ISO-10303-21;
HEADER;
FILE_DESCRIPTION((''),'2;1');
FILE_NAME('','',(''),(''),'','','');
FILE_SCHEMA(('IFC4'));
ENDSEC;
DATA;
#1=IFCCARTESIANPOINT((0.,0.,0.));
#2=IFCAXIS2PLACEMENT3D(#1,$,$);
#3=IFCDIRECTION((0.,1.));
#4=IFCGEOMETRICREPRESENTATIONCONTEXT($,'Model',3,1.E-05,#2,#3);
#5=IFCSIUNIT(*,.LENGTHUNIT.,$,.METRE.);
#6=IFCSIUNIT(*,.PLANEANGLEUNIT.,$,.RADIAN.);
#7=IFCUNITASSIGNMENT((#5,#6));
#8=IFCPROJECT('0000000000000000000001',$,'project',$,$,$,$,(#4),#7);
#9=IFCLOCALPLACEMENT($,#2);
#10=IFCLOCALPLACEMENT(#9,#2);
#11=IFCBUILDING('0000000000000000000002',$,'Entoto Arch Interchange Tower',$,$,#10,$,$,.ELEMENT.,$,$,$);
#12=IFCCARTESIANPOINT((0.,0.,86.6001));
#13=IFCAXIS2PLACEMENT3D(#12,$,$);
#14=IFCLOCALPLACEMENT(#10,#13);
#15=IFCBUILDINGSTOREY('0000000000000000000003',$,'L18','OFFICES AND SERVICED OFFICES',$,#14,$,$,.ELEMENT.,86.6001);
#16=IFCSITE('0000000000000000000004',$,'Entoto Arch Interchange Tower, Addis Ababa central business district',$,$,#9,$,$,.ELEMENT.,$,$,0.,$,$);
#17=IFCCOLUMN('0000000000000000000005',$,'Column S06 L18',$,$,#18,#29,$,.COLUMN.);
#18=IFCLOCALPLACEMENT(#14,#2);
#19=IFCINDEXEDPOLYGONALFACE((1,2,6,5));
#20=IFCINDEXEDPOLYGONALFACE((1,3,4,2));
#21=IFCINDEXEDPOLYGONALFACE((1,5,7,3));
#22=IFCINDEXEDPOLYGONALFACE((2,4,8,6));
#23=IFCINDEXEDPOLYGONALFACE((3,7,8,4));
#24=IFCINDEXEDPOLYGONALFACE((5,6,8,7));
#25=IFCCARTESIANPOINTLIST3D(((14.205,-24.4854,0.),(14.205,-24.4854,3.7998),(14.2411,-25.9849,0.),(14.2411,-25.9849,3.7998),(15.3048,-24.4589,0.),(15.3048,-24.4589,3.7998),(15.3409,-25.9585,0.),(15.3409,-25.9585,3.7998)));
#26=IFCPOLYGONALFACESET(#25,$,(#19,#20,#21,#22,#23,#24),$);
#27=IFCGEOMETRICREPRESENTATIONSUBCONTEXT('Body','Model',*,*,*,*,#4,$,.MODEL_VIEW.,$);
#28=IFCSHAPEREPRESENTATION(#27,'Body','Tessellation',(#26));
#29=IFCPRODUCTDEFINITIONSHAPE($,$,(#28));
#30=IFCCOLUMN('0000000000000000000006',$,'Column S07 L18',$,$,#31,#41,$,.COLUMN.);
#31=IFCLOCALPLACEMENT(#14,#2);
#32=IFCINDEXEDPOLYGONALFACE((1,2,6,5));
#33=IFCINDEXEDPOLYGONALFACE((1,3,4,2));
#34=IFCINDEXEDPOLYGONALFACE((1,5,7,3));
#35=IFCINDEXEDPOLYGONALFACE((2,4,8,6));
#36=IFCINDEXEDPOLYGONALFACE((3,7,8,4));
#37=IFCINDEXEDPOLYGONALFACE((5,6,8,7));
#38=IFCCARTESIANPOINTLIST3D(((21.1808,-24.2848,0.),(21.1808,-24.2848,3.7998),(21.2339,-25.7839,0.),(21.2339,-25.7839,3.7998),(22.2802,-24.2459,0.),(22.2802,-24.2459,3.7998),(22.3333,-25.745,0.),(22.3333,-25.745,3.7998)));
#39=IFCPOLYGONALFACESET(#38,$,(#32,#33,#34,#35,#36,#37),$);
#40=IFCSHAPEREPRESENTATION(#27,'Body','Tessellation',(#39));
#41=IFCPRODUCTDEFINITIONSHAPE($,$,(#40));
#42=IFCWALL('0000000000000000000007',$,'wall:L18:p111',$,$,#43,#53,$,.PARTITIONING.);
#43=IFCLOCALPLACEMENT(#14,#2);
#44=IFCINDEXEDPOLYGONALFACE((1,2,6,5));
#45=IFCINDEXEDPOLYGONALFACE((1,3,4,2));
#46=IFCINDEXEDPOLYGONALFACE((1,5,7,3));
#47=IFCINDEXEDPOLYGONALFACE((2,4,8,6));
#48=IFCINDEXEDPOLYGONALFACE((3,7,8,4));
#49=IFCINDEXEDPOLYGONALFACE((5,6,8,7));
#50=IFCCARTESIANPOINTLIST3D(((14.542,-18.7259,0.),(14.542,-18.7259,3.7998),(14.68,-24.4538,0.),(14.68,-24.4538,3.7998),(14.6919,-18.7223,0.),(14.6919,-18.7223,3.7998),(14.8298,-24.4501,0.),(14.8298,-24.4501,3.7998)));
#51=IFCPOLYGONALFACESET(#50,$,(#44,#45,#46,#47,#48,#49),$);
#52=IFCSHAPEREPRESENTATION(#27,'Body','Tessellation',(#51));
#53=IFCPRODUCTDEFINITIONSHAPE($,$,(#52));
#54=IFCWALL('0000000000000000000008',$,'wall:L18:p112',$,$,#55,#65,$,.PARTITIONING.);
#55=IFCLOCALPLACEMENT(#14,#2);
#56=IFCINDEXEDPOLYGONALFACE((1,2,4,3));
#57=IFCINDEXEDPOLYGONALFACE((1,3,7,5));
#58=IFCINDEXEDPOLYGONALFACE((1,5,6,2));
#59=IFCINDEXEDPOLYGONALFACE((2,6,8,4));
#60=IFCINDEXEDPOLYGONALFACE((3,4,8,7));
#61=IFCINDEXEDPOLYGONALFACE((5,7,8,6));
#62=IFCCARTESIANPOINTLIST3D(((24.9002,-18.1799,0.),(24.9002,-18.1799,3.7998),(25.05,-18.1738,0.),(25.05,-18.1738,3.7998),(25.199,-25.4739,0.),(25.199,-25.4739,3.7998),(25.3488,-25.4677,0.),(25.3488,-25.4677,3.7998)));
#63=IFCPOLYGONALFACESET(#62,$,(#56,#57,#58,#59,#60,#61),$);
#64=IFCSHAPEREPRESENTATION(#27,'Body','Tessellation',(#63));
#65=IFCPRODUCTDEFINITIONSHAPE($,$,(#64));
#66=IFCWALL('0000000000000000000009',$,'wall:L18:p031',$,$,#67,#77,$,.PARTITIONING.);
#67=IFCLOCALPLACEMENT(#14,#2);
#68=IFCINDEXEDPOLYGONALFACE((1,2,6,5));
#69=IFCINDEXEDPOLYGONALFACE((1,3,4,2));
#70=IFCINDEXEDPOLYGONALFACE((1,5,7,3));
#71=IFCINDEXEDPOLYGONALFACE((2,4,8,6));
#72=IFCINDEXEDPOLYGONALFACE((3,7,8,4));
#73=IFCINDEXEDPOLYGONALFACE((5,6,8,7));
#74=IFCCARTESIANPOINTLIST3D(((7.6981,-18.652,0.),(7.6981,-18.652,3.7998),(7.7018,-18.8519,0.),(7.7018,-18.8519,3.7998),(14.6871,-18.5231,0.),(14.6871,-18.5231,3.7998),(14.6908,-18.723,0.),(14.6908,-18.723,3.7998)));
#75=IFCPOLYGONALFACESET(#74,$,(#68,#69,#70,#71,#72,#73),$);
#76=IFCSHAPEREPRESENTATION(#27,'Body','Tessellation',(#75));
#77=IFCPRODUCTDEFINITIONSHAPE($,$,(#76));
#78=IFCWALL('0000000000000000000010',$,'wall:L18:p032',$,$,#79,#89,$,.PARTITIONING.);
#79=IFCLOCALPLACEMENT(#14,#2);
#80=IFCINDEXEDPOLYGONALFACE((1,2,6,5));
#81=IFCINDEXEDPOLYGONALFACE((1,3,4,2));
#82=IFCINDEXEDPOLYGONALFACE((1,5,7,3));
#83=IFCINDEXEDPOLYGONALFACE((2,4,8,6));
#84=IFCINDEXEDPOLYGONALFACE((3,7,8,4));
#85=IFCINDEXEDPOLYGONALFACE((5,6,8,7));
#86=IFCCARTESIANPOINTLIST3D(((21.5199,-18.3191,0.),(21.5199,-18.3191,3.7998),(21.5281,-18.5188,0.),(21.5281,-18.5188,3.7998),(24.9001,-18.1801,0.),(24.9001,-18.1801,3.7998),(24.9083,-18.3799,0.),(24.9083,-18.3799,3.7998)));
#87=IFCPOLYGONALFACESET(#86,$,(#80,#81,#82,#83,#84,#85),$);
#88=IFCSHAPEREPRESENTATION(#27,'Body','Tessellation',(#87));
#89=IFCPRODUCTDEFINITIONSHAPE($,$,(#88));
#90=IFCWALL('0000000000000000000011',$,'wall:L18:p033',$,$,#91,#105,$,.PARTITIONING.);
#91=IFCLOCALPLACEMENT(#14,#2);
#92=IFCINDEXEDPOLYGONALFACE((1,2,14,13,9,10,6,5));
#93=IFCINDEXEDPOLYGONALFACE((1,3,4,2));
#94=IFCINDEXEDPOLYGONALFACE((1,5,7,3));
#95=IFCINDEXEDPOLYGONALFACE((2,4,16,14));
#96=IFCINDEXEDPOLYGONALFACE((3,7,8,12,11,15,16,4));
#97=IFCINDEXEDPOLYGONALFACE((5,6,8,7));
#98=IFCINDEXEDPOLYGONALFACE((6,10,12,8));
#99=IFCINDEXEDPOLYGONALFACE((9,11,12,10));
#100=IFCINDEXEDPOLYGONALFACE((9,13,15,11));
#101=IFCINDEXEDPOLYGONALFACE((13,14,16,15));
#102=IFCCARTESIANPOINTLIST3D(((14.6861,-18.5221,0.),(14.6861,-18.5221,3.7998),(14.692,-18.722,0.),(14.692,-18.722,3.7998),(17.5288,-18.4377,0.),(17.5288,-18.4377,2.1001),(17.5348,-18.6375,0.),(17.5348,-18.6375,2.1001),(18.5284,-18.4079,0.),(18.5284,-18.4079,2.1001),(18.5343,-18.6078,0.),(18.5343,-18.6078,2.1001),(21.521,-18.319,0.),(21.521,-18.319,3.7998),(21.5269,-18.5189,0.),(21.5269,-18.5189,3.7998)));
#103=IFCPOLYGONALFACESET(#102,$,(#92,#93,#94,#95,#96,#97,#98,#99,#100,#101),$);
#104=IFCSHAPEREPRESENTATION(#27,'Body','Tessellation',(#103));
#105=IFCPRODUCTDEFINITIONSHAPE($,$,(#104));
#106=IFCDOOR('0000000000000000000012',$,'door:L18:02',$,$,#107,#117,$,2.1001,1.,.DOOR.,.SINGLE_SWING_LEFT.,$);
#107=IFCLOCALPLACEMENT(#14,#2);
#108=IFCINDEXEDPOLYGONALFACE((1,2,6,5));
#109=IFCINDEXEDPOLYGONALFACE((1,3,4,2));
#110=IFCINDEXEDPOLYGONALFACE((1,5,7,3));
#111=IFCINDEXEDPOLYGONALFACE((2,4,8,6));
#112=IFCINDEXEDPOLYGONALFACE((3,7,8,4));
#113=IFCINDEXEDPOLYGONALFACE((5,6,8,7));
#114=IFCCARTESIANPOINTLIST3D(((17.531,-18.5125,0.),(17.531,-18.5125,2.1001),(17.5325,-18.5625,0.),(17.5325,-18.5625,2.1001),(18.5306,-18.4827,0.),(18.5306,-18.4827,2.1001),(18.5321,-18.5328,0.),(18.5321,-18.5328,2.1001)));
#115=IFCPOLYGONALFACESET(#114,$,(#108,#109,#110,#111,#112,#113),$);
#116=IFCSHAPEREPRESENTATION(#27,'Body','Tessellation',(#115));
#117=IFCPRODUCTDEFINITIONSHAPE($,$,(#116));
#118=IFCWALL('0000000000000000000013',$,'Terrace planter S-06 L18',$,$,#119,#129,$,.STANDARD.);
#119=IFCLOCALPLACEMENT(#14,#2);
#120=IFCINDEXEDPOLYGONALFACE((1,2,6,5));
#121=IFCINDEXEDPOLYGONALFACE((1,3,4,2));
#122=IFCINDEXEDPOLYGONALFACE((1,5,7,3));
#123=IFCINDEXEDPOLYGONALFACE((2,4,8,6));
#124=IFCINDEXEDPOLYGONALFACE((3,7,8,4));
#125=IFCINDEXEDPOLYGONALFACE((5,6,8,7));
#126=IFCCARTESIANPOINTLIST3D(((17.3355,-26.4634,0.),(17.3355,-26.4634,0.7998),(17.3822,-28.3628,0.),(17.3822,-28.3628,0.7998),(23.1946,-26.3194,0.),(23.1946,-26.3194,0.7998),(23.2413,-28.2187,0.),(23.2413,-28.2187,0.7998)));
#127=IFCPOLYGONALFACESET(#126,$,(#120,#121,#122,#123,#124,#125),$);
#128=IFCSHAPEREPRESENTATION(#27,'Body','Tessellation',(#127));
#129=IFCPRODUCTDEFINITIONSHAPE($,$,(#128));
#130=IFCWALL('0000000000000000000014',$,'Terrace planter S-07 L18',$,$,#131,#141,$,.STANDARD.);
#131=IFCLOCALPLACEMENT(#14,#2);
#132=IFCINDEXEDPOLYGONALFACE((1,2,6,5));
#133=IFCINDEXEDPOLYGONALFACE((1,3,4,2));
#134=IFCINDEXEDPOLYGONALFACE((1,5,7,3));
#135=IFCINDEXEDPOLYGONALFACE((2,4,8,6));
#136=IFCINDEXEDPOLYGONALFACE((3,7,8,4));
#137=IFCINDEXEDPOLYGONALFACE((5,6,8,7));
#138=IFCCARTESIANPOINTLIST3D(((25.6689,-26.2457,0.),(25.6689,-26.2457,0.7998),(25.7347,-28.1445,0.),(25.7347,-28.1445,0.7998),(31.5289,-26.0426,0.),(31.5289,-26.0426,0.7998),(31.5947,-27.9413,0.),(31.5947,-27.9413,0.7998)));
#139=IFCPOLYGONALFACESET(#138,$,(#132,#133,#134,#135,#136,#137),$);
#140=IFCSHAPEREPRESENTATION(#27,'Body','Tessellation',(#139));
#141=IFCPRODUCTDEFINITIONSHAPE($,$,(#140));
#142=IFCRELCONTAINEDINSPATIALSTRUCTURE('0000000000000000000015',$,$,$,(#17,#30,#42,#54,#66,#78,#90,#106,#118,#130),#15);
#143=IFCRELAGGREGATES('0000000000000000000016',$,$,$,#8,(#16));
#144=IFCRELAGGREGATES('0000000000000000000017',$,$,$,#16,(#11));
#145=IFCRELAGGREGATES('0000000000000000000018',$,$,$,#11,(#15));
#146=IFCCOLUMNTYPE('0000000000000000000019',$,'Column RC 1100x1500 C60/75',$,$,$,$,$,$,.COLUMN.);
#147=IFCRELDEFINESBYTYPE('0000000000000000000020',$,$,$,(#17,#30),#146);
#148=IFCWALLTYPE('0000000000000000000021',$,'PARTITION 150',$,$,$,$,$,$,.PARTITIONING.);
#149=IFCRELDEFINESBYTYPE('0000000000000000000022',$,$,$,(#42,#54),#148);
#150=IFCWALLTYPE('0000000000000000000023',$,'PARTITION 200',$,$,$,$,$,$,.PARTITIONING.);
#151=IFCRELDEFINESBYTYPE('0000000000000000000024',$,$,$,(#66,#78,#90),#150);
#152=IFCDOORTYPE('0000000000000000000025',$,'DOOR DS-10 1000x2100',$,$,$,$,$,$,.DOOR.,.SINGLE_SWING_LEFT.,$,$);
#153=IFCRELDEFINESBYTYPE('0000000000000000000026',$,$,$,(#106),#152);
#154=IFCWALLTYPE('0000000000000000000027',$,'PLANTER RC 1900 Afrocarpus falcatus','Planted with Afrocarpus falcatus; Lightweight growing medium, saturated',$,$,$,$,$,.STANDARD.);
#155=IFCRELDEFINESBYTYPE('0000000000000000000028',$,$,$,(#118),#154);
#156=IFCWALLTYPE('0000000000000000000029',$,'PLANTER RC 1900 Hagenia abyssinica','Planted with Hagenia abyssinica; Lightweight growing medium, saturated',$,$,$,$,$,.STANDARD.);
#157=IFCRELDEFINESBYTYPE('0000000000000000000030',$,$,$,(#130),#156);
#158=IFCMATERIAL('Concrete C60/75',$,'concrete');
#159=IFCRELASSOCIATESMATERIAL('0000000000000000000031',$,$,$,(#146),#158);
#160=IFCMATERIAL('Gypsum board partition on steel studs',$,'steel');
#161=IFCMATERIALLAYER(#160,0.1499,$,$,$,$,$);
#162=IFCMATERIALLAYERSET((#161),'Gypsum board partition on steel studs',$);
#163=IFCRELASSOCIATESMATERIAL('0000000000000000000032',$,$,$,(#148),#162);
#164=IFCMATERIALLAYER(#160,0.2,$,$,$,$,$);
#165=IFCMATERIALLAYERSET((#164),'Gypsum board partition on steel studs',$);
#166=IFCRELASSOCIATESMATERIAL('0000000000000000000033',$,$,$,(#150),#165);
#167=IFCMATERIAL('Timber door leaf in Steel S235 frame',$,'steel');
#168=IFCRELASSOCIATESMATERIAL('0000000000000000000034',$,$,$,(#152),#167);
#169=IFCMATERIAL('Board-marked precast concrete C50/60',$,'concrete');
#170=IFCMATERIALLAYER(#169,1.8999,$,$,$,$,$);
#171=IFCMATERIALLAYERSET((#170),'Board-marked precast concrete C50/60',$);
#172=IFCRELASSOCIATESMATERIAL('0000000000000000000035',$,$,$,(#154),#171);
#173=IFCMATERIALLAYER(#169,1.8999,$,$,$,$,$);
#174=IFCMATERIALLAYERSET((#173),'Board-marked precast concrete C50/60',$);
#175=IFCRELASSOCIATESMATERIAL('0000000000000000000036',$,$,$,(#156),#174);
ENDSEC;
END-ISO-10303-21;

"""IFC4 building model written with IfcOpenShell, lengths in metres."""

from ifc_helpers import new_model, si_unit, direction, frame, frame_2d, origin, origin_2d, place, context, subcontext, project, spatial, rectangle, extrude, material, layer, layer_set, material_profile, profile_set, type_object, element, fill, save


model = new_model("IFC4")

# Units and contexts
model_context = context("Model", 3, precision=1e-05, world=origin(), true_north=direction((0.0, 1.0)))
body_context = subcontext(model_context, "Body", "Model", "MODEL_VIEW")
ifc_project = project(units=[si_unit("LENGTHUNIT", "METRE"), si_unit("PLANEANGLEUNIT", "RADIAN")], contexts=[model_context])

# Site, building, storey
site_placement = place(None, origin())
site = spatial("IfcSite", under=ifc_project, at=site_placement, Name="Entoto Arch Interchange Tower, Addis Ababa central business district", CompositionType="ELEMENT", RefElevation=0.0)
building_placement = place(site_placement, origin())
building = spatial("IfcBuilding", under=site, at=building_placement, Name="Entoto Arch Interchange Tower", CompositionType="ELEMENT")
storey_placement = place(building_placement, frame((0.0, 0.0, 86.6001)))
storey = spatial("IfcBuildingStorey", under=building, at=storey_placement, Name="L18", Description="OFFICES AND SERVICED OFFICES", CompositionType="ELEMENT", Elevation=86.6001)

# Columns
ifc_material_1 = material(Name="Concrete C60/75", Category="concrete")
ifc_material_profile = material_profile(ifc_material_1, rectangle(XDim=1.1001, YDim=1.5, at=origin_2d()))
ifc_profile_set = profile_set([ifc_material_profile], Name="Concrete C60/75")
column_type = type_object("IfcColumnType", Name="Column RC 1100x1500 C60/75", PredefinedType="COLUMN", material=ifc_profile_set)
for number, where, z_axis, x_axis, name in (
    (1, (14.7729, -25.2219, 0.0), (0.0, 0.0, 1.0), (0.999711, 0.024031, 0.0), "Column S06 L18"),
    (2, (21.7571, -25.0149, 0.0), (0.0, 0.0, 1.0), (0.999374, 0.035388, 0.0), "Column S07 L18"),
):
    element("IfcColumn", number, at=place(storey_placement, frame(where, z_axis=z_axis, x_axis=x_axis)), inside=storey, type_object=column_type, Name=name, PredefinedType="COLUMN", context=body_context, shape_type="SweptSolid", body=[
        extrude(rectangle(XDim=1.1001, YDim=1.5, at=origin_2d()), origin(), (0.0, 0.0, 1.0), 3.7998),
    ])

# Walls
ifc_material_2 = material(Name="Gypsum board partition on steel studs", Category="steel")
ifc_layer_1 = layer(ifc_material_2, 0.1499)
ifc_layer_set_1 = layer_set([ifc_layer_1], Name="Gypsum board partition on steel studs")
wall_type_1 = type_object("IfcWallType", Name="PARTITION 150", PredefinedType="PARTITIONING", material=ifc_layer_set_1)
wall_1_placement = place(storey_placement, frame((14.6169, -18.7241, 0.0), z_axis=(0.0, 0.0, 1.0), x_axis=(0.024076, -0.99971, 0.0)))
element("IfcWall", 3, at=wall_1_placement, inside=storey, type_object=wall_type_1, Name="wall:L18:p111", PredefinedType="PARTITIONING", context=body_context, shape_type="SweptSolid", body=[
    extrude(rectangle(XDim=5.7295, YDim=0.1499, at=frame_2d((2.8647, 0.0))), origin(), (0.0, 0.0, 1.0), 3.7998),
])
wall_2_placement = place(storey_placement, frame((24.9751, -18.177, 0.0), z_axis=(0.0, 0.0, 1.0), x_axis=(0.040935, -0.999162, 0.0)))
element("IfcWall", 4, at=wall_2_placement, inside=storey, type_object=wall_type_1, Name="wall:L18:p112", PredefinedType="PARTITIONING", context=body_context, shape_type="SweptSolid", body=[
    extrude(rectangle(XDim=7.3, YDim=0.1499, at=frame_2d((3.6499, 0.0))), origin(), (0.0, 0.0, 1.0), 3.7998),
])
ifc_layer_2 = layer(ifc_material_2, 0.2)
ifc_layer_set_2 = layer_set([ifc_layer_2], Name="Gypsum board partition on steel studs")
wall_type_2 = type_object("IfcWallType", Name="PARTITION 200", PredefinedType="PARTITIONING", material=ifc_layer_set_2)
wall_3_placement = place(storey_placement, frame((14.689, -18.623, 0.0), z_axis=(0.0, 0.0, 1.0), x_axis=(-0.99983, -0.018441, 0.0)))
element("IfcWall", 5, at=wall_3_placement, inside=storey, type_object=wall_type_2, Name="wall:L18:p031", PredefinedType="PARTITIONING", context=body_context, shape_type="SweptSolid", body=[
    extrude(rectangle(XDim=6.9902, YDim=0.2, at=frame_2d((3.4951, 0.0))), origin(), (0.0, 0.0, 1.0), 3.7998),
])
wall_4_placement = place(storey_placement, frame((24.9041, -18.28, 0.0), z_axis=(0.0, 0.0, 1.0), x_axis=(-0.999157, -0.041063, 0.0)))
element("IfcWall", 6, at=wall_4_placement, inside=storey, type_object=wall_type_2, Name="wall:L18:p032", PredefinedType="PARTITIONING", context=body_context, shape_type="SweptSolid", body=[
    extrude(rectangle(XDim=3.3831, YDim=0.2, at=frame_2d((1.6914, 0.0))), origin(), (0.0, 0.0, 1.0), 3.7998),
])

# Wall, opening, door
wall_5_placement = place(storey_placement, frame((21.5239, -18.4189, 0.0), z_axis=(0.0, 0.0, 1.0), x_axis=(-0.999559, -0.029705, 0.0)))
wall_5 = element("IfcWall", 7, at=wall_5_placement, inside=storey, type_object=wall_type_2, Name="wall:L18:p033", PredefinedType="PARTITIONING", context=body_context, shape_type="SweptSolid", body=[
    extrude(rectangle(XDim=6.8379, YDim=0.2, at=frame_2d((3.4189, 0.0))), origin(), (0.0, 0.0, 1.0), 3.7998),
])
opening_1_placement = place(wall_5_placement, frame((2.9939, 0.0, 0.0)))
opening_1 = element("IfcOpeningElement", 8, at=opening_1_placement, cuts=wall_5, PredefinedType="OPENING", context=body_context, shape_type="SweptSolid", body=[
    extrude(rectangle(XDim=1.0, YDim=2.1001, at=frame_2d((0.5, 1.05))), frame((0.0, 0.1099, 0.0), z_axis=(0.0, -1.0, 0.0), x_axis=(1.0, 0.0, 0.0)), (0.0, 0.0, 1.0), 0.22),
])
ifc_material_3 = material(Name="Timber door leaf in Steel S235 frame", Category="steel")
door_type = type_object("IfcDoorType", Name="DOOR DS-10 1000x2100", OperationType="SINGLE_SWING_LEFT", PredefinedType="DOOR", material=ifc_material_3)
door_placement = place(opening_1_placement, origin())
door = element("IfcDoor", 9, at=door_placement, inside=storey, type_object=door_type, Name="door:L18:02", OperationType="SINGLE_SWING_LEFT", OverallHeight=2.1001, OverallWidth=1.0, PredefinedType="DOOR", context=body_context, shape_type="SweptSolid", body=[
    extrude(rectangle(XDim=1.0, YDim=2.1001, at=frame_2d((0.5, 1.05))), frame((0.0, 0.0249, 0.0), z_axis=(0.0, -1.0, 0.0), x_axis=(1.0, 0.0, 0.0)), (0.0, 0.0, 1.0), 0.05),
])
fill(opening_1, door)

# Walls
ifc_material_4 = material(Name="Board-marked precast concrete C50/60", Category="concrete")
ifc_layer_3 = layer(ifc_material_4, 1.8999)
ifc_layer_set_3 = layer_set([ifc_layer_3], Name="Board-marked precast concrete C50/60")
wall_type_3 = type_object("IfcWallType", Name="PLANTER RC 1900 Afrocarpus falcatus", Description="Planted with Afrocarpus falcatus; Lightweight growing medium, saturated", PredefinedType="STANDARD", material=ifc_layer_set_3)
wall_6_placement = place(storey_placement, frame((17.3589, -27.4131, 0.0), z_axis=(0.0, 0.0, 1.0), x_axis=(0.999698, 0.024577, 0.0)))
element("IfcWall", 10, at=wall_6_placement, inside=storey, type_object=wall_type_3, Name="Terrace planter S-06 L18", PredefinedType="STANDARD", context=body_context, shape_type="SweptSolid", body=[
    extrude(rectangle(XDim=5.8608, YDim=1.8999, at=frame_2d((2.9304, 0.0))), origin(), (0.0, 0.0, 1.0), 0.7998),
])
ifc_layer_4 = layer(ifc_material_4, 1.8999)
ifc_layer_set_4 = layer_set([ifc_layer_4], Name="Board-marked precast concrete C50/60")
wall_type_4 = type_object("IfcWallType", Name="PLANTER RC 1900 Hagenia abyssinica", Description="Planted with Hagenia abyssinica; Lightweight growing medium, saturated", PredefinedType="STANDARD", material=ifc_layer_set_4)
wall_7_placement = place(storey_placement, frame((25.7019, -27.1951, 0.0), z_axis=(0.0, 0.0, 1.0), x_axis=(0.9994, 0.034642, 0.0)))
element("IfcWall", 11, at=wall_7_placement, inside=storey, type_object=wall_type_4, Name="Terrace planter S-07 L18", PredefinedType="STANDARD", context=body_context, shape_type="SweptSolid", body=[
    extrude(rectangle(XDim=5.8635, YDim=1.8999, at=frame_2d((2.9316, 0.0))), origin(), (0.0, 0.0, 1.0), 0.7998),
])

save(model, "model.ifc")
